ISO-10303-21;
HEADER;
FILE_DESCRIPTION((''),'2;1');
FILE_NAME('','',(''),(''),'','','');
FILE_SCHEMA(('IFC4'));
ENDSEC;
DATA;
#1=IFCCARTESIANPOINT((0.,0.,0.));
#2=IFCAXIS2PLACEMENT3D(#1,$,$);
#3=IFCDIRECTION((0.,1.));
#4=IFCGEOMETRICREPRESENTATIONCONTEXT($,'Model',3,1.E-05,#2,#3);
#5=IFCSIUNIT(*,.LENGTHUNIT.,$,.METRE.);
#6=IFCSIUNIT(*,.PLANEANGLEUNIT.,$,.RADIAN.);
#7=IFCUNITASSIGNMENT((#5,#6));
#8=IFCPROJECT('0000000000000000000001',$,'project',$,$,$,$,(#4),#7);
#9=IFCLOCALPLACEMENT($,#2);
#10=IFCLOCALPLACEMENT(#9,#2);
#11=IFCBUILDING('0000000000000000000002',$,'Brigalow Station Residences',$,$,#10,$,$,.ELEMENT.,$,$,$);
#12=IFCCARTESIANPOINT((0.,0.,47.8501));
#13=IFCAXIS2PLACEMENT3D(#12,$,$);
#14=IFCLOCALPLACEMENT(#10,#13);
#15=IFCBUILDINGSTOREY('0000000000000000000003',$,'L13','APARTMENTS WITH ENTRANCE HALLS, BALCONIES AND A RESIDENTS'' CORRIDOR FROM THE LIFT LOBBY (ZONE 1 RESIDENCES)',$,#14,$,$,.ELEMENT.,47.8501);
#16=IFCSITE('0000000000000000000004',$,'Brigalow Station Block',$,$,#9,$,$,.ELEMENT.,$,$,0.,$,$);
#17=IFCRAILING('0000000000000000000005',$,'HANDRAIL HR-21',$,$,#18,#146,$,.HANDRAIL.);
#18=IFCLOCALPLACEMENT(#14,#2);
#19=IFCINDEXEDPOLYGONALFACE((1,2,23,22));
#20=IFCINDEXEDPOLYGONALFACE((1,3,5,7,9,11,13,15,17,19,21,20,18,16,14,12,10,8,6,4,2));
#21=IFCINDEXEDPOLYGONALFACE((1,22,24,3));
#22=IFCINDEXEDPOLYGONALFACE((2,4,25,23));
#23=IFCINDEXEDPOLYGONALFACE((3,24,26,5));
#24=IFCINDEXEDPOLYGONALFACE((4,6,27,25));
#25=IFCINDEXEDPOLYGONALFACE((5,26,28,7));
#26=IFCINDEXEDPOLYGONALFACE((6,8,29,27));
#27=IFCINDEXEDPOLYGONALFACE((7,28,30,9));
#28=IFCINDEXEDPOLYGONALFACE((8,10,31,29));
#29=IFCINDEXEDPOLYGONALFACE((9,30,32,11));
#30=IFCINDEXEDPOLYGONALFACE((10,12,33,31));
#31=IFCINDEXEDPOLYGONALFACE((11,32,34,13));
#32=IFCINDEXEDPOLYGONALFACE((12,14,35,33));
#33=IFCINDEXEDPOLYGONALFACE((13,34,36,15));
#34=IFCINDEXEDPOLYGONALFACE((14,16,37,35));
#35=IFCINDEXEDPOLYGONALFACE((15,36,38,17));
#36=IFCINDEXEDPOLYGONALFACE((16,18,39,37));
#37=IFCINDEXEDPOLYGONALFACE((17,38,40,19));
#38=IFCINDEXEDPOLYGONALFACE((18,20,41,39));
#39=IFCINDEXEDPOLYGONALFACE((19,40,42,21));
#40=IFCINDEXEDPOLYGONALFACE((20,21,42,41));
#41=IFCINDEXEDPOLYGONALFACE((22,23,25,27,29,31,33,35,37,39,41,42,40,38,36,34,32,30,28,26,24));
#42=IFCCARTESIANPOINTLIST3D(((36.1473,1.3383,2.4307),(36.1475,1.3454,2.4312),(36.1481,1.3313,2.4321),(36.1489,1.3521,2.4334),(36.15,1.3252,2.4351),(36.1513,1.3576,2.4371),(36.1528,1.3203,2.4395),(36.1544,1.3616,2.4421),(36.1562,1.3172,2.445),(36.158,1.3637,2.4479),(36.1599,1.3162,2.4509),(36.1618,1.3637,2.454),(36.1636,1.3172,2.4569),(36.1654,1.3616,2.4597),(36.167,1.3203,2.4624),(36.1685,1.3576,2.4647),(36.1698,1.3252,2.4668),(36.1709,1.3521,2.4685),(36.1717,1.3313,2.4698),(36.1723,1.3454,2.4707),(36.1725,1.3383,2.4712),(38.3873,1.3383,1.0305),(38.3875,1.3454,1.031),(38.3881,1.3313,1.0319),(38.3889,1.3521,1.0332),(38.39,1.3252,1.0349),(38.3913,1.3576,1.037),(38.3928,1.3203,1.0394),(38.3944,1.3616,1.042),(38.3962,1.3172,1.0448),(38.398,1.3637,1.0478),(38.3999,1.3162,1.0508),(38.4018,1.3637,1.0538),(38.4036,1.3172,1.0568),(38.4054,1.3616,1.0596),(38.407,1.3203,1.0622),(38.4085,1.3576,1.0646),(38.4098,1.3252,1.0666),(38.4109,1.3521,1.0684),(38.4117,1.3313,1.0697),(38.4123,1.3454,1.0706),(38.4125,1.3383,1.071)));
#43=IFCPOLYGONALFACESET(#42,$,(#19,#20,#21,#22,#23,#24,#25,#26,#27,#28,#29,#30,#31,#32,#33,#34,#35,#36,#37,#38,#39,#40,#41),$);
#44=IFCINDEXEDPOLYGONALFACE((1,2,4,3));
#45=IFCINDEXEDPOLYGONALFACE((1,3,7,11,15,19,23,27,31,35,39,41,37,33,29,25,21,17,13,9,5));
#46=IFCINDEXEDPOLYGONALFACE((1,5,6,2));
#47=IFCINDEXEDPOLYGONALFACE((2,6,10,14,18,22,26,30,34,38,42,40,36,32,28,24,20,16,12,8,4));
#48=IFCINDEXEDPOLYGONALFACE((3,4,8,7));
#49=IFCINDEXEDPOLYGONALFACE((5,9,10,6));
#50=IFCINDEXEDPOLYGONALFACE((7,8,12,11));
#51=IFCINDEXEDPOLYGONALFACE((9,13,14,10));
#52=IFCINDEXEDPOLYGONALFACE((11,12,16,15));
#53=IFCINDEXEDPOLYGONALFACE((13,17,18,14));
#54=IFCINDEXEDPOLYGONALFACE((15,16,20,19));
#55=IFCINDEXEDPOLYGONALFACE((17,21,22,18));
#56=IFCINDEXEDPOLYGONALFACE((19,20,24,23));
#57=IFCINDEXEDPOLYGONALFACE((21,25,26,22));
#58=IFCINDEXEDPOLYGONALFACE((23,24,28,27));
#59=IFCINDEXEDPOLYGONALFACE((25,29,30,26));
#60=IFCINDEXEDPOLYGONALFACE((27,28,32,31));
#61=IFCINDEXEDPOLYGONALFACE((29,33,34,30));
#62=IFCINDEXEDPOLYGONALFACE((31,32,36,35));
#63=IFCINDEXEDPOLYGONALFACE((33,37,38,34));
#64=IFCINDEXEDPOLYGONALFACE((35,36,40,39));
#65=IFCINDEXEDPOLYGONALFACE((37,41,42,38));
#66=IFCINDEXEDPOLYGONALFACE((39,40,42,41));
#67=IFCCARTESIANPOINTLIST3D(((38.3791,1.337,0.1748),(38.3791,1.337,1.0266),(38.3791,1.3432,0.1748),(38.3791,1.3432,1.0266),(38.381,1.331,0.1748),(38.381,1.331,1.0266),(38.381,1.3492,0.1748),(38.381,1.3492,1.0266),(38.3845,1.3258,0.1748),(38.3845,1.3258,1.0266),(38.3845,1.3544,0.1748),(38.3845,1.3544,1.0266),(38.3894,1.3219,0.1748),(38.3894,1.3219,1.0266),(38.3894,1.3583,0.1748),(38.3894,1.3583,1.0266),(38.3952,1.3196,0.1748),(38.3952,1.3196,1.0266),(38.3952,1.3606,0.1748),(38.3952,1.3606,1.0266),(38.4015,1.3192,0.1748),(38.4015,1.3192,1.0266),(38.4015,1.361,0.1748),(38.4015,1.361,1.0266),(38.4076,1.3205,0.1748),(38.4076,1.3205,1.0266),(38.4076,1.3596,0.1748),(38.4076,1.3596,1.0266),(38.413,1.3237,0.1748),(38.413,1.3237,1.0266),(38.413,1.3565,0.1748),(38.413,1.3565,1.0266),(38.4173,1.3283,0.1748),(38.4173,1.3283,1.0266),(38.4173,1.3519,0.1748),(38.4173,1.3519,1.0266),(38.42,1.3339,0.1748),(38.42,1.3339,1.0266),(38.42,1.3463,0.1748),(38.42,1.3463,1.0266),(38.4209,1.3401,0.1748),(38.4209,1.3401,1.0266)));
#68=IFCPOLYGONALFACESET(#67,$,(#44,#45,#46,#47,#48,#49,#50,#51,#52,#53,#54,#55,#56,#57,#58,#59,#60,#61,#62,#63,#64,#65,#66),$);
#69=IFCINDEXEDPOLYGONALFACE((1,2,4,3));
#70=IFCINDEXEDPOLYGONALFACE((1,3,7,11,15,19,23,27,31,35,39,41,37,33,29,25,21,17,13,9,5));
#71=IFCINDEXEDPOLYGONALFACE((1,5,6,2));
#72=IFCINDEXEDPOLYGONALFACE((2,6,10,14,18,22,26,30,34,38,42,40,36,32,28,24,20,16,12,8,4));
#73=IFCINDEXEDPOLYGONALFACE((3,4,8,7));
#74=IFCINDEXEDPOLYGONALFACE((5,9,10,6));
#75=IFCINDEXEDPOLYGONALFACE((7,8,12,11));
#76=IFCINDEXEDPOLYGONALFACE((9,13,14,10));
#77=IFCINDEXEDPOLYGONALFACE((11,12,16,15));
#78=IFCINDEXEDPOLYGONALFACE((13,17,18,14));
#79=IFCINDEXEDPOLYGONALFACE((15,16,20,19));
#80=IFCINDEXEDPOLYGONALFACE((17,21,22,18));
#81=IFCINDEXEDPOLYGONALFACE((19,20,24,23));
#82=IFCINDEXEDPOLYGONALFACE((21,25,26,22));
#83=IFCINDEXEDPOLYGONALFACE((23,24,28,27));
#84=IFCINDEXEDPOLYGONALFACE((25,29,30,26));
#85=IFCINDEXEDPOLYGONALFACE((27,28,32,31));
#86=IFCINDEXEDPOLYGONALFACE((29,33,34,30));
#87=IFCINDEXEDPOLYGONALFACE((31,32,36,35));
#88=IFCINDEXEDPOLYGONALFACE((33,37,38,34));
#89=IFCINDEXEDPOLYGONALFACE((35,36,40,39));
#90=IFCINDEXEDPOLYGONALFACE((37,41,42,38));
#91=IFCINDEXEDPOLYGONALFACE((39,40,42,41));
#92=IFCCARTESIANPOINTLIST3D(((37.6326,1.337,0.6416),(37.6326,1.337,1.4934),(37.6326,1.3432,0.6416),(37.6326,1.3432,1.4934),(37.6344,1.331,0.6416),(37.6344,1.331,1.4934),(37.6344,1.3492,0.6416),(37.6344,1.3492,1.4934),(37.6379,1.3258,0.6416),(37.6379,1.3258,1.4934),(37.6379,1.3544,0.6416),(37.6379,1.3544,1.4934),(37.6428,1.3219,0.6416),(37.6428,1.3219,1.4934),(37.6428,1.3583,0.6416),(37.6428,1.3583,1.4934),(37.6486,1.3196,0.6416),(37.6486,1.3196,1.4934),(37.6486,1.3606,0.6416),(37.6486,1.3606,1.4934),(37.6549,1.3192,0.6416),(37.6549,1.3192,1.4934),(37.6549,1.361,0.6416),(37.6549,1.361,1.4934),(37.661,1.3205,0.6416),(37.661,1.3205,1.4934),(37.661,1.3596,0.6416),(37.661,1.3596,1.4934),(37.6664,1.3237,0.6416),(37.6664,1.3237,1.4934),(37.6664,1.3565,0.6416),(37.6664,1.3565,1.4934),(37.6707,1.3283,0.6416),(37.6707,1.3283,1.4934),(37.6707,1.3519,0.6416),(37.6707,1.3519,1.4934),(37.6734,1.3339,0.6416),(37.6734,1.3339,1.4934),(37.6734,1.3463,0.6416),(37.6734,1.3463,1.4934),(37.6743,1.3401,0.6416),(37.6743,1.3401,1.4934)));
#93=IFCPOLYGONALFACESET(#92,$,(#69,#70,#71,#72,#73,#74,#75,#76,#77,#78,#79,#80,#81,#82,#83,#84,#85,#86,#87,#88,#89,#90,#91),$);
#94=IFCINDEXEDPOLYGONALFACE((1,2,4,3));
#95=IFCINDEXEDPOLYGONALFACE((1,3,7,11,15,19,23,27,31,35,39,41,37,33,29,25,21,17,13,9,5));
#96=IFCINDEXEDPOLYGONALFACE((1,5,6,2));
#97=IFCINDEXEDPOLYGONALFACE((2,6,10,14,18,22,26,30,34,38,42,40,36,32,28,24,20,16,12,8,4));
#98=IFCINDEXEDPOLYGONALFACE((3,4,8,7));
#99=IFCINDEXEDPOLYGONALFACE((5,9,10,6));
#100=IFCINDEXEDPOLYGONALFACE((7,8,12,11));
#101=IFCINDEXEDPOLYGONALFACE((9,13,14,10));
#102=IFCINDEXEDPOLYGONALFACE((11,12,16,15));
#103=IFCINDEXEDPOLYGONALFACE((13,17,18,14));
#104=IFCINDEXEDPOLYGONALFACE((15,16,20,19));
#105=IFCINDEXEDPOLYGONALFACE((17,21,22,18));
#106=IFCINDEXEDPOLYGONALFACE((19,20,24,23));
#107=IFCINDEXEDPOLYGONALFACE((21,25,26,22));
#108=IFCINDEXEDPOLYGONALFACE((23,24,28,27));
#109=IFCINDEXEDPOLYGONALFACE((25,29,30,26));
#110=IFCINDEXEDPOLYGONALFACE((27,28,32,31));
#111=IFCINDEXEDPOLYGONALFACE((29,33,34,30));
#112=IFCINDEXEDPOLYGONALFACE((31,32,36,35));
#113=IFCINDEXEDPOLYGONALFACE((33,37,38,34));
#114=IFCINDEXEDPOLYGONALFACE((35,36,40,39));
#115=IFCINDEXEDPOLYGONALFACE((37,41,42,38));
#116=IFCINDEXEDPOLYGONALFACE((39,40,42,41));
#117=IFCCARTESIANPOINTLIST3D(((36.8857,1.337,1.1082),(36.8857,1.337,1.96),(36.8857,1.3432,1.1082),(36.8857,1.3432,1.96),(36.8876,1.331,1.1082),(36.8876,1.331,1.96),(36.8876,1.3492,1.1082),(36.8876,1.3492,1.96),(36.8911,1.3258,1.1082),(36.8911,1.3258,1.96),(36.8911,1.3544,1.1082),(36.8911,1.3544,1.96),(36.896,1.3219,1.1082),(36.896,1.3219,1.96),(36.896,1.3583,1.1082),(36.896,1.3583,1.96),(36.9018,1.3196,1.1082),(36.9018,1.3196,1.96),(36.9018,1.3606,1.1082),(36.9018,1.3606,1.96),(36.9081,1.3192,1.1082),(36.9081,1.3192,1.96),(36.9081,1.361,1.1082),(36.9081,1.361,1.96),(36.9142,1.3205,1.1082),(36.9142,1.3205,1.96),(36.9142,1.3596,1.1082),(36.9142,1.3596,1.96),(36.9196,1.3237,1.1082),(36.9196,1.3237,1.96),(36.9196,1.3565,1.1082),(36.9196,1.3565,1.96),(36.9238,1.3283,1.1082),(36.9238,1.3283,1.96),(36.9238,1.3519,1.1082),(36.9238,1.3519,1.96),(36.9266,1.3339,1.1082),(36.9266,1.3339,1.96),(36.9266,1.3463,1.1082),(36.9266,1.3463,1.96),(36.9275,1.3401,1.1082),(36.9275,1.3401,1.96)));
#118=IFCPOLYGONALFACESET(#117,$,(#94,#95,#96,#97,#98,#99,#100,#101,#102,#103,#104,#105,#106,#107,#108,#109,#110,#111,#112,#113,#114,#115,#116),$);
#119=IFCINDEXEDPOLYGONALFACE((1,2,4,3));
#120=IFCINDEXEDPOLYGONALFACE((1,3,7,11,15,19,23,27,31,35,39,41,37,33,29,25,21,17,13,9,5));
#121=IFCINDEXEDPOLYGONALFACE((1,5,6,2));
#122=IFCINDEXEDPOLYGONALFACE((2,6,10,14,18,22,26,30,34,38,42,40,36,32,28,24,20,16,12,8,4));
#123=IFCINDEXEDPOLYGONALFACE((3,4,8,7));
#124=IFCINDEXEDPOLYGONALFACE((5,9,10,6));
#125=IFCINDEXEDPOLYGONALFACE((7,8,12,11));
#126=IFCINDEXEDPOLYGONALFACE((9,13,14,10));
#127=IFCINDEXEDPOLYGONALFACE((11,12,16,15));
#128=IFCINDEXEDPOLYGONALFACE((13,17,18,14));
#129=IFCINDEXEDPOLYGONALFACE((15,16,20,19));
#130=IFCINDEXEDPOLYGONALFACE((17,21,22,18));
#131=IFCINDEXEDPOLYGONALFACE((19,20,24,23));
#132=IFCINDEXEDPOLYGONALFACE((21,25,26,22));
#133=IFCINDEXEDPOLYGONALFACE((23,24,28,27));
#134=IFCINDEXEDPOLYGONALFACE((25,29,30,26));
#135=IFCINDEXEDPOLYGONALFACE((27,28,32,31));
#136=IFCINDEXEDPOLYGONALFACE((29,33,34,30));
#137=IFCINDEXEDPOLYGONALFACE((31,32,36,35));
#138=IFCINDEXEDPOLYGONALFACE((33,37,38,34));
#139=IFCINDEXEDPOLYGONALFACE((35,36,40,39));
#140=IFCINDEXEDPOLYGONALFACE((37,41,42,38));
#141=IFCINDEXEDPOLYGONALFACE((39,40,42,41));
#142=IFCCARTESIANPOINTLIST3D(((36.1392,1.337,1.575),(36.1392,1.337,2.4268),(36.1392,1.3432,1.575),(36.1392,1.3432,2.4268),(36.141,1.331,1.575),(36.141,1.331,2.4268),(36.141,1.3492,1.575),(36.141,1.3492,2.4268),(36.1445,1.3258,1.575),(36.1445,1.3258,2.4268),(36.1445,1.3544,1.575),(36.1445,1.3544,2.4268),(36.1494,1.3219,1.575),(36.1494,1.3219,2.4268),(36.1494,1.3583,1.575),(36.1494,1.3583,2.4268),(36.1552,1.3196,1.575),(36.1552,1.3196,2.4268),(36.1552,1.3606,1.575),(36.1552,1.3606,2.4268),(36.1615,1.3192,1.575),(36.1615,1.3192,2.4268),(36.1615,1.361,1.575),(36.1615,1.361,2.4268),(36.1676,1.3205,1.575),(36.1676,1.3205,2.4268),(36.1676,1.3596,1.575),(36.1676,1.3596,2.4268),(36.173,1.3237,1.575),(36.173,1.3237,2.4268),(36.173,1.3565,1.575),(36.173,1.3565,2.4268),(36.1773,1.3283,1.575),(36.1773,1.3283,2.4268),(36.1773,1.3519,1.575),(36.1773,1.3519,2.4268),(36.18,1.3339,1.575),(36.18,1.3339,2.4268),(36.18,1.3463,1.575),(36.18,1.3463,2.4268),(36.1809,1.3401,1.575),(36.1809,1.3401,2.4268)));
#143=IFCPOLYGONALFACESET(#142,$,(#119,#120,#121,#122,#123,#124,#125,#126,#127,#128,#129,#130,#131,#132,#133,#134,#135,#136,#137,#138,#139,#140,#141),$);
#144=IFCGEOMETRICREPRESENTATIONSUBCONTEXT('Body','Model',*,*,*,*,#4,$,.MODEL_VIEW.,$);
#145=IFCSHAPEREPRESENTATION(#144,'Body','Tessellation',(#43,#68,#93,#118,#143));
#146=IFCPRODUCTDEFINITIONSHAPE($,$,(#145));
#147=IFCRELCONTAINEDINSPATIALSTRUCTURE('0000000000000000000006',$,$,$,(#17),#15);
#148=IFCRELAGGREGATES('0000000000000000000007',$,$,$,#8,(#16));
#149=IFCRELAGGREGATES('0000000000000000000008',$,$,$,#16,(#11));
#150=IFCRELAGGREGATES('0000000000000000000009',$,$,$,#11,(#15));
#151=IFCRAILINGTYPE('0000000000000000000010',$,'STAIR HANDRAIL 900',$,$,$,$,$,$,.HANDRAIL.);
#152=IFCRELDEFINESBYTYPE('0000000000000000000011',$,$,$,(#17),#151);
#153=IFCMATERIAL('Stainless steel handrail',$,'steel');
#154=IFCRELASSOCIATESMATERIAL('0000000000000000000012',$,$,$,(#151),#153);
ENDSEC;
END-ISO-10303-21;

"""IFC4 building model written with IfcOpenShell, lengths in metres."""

from ifc_helpers import new_model, si_unit, direction, frame, origin, origin_2d, place, context, subcontext, project, spatial, circle, extrude, material, type_object, element, save


model = new_model("IFC4")

# Units and contexts
model_context = context("Model", 3, precision=1e-05, world=origin(), true_north=direction((0.0, 1.0)))
body_context = subcontext(model_context, "Body", "Model", "MODEL_VIEW")
ifc_project = project(units=[si_unit("LENGTHUNIT", "METRE"), si_unit("PLANEANGLEUNIT", "RADIAN")], contexts=[model_context])

# Site, building, storey
site_placement = place(None, origin())
site = spatial("IfcSite", under=ifc_project, at=site_placement, Name="Brigalow Station Block", CompositionType="ELEMENT", RefElevation=0.0)
building_placement = place(site_placement, origin())
building = spatial("IfcBuilding", under=site, at=building_placement, Name="Brigalow Station Residences", CompositionType="ELEMENT")
storey_placement = place(building_placement, frame((0.0, 0.0, 47.8501)))
storey = spatial("IfcBuildingStorey", under=building, at=storey_placement, Name="L13", Description="APARTMENTS WITH ENTRANCE HALLS, BALCONIES AND A RESIDENTS' CORRIDOR FROM THE LIFT LOBBY (ZONE 1 RESIDENCES)", CompositionType="ELEMENT", Elevation=47.8501)

# Railing
ifc_material_1 = material(Name="Stainless steel handrail", Category="steel")
railing_type_1 = type_object("IfcRailingType", Name="STAIR HANDRAIL 900", PredefinedType="HANDRAIL", material=ifc_material_1)
railing_1_placement = place(storey_placement, frame((38.3999, 1.3401, 0.1748)))
element("IfcRailing", 1, at=railing_1_placement, inside=storey, type_object=railing_type_1, Name="HANDRAIL HR-21", PredefinedType="HANDRAIL", context=body_context, shape_type="SweptSolid", body=[
    extrude(circle(Radius=0.0239, at=origin_2d()), frame((0.0, 0.0, 0.876), z_axis=(-0.847972, 0.0, 0.53004), x_axis=(0.0, -1.0, 0.0)), (0.0, 0.0, 1.0), 2.6416),
    extrude(circle(Radius=0.021, at=origin_2d()), origin(), (0.0, 0.0, 1.0), 0.8518),
    extrude(circle(Radius=0.021, at=origin_2d()), frame((-0.7466, 0.0, 0.4668)), (0.0, 0.0, 1.0), 0.8518),
    extrude(circle(Radius=0.021, at=origin_2d()), frame((-1.4934, 0.0, 0.9333)), (0.0, 0.0, 1.0), 0.8518),
    extrude(circle(Radius=0.021, at=origin_2d()), frame((-2.24, 0.0, 1.4001)), (0.0, 0.0, 1.0), 0.8518),
])

save(model, "model.ifc")
